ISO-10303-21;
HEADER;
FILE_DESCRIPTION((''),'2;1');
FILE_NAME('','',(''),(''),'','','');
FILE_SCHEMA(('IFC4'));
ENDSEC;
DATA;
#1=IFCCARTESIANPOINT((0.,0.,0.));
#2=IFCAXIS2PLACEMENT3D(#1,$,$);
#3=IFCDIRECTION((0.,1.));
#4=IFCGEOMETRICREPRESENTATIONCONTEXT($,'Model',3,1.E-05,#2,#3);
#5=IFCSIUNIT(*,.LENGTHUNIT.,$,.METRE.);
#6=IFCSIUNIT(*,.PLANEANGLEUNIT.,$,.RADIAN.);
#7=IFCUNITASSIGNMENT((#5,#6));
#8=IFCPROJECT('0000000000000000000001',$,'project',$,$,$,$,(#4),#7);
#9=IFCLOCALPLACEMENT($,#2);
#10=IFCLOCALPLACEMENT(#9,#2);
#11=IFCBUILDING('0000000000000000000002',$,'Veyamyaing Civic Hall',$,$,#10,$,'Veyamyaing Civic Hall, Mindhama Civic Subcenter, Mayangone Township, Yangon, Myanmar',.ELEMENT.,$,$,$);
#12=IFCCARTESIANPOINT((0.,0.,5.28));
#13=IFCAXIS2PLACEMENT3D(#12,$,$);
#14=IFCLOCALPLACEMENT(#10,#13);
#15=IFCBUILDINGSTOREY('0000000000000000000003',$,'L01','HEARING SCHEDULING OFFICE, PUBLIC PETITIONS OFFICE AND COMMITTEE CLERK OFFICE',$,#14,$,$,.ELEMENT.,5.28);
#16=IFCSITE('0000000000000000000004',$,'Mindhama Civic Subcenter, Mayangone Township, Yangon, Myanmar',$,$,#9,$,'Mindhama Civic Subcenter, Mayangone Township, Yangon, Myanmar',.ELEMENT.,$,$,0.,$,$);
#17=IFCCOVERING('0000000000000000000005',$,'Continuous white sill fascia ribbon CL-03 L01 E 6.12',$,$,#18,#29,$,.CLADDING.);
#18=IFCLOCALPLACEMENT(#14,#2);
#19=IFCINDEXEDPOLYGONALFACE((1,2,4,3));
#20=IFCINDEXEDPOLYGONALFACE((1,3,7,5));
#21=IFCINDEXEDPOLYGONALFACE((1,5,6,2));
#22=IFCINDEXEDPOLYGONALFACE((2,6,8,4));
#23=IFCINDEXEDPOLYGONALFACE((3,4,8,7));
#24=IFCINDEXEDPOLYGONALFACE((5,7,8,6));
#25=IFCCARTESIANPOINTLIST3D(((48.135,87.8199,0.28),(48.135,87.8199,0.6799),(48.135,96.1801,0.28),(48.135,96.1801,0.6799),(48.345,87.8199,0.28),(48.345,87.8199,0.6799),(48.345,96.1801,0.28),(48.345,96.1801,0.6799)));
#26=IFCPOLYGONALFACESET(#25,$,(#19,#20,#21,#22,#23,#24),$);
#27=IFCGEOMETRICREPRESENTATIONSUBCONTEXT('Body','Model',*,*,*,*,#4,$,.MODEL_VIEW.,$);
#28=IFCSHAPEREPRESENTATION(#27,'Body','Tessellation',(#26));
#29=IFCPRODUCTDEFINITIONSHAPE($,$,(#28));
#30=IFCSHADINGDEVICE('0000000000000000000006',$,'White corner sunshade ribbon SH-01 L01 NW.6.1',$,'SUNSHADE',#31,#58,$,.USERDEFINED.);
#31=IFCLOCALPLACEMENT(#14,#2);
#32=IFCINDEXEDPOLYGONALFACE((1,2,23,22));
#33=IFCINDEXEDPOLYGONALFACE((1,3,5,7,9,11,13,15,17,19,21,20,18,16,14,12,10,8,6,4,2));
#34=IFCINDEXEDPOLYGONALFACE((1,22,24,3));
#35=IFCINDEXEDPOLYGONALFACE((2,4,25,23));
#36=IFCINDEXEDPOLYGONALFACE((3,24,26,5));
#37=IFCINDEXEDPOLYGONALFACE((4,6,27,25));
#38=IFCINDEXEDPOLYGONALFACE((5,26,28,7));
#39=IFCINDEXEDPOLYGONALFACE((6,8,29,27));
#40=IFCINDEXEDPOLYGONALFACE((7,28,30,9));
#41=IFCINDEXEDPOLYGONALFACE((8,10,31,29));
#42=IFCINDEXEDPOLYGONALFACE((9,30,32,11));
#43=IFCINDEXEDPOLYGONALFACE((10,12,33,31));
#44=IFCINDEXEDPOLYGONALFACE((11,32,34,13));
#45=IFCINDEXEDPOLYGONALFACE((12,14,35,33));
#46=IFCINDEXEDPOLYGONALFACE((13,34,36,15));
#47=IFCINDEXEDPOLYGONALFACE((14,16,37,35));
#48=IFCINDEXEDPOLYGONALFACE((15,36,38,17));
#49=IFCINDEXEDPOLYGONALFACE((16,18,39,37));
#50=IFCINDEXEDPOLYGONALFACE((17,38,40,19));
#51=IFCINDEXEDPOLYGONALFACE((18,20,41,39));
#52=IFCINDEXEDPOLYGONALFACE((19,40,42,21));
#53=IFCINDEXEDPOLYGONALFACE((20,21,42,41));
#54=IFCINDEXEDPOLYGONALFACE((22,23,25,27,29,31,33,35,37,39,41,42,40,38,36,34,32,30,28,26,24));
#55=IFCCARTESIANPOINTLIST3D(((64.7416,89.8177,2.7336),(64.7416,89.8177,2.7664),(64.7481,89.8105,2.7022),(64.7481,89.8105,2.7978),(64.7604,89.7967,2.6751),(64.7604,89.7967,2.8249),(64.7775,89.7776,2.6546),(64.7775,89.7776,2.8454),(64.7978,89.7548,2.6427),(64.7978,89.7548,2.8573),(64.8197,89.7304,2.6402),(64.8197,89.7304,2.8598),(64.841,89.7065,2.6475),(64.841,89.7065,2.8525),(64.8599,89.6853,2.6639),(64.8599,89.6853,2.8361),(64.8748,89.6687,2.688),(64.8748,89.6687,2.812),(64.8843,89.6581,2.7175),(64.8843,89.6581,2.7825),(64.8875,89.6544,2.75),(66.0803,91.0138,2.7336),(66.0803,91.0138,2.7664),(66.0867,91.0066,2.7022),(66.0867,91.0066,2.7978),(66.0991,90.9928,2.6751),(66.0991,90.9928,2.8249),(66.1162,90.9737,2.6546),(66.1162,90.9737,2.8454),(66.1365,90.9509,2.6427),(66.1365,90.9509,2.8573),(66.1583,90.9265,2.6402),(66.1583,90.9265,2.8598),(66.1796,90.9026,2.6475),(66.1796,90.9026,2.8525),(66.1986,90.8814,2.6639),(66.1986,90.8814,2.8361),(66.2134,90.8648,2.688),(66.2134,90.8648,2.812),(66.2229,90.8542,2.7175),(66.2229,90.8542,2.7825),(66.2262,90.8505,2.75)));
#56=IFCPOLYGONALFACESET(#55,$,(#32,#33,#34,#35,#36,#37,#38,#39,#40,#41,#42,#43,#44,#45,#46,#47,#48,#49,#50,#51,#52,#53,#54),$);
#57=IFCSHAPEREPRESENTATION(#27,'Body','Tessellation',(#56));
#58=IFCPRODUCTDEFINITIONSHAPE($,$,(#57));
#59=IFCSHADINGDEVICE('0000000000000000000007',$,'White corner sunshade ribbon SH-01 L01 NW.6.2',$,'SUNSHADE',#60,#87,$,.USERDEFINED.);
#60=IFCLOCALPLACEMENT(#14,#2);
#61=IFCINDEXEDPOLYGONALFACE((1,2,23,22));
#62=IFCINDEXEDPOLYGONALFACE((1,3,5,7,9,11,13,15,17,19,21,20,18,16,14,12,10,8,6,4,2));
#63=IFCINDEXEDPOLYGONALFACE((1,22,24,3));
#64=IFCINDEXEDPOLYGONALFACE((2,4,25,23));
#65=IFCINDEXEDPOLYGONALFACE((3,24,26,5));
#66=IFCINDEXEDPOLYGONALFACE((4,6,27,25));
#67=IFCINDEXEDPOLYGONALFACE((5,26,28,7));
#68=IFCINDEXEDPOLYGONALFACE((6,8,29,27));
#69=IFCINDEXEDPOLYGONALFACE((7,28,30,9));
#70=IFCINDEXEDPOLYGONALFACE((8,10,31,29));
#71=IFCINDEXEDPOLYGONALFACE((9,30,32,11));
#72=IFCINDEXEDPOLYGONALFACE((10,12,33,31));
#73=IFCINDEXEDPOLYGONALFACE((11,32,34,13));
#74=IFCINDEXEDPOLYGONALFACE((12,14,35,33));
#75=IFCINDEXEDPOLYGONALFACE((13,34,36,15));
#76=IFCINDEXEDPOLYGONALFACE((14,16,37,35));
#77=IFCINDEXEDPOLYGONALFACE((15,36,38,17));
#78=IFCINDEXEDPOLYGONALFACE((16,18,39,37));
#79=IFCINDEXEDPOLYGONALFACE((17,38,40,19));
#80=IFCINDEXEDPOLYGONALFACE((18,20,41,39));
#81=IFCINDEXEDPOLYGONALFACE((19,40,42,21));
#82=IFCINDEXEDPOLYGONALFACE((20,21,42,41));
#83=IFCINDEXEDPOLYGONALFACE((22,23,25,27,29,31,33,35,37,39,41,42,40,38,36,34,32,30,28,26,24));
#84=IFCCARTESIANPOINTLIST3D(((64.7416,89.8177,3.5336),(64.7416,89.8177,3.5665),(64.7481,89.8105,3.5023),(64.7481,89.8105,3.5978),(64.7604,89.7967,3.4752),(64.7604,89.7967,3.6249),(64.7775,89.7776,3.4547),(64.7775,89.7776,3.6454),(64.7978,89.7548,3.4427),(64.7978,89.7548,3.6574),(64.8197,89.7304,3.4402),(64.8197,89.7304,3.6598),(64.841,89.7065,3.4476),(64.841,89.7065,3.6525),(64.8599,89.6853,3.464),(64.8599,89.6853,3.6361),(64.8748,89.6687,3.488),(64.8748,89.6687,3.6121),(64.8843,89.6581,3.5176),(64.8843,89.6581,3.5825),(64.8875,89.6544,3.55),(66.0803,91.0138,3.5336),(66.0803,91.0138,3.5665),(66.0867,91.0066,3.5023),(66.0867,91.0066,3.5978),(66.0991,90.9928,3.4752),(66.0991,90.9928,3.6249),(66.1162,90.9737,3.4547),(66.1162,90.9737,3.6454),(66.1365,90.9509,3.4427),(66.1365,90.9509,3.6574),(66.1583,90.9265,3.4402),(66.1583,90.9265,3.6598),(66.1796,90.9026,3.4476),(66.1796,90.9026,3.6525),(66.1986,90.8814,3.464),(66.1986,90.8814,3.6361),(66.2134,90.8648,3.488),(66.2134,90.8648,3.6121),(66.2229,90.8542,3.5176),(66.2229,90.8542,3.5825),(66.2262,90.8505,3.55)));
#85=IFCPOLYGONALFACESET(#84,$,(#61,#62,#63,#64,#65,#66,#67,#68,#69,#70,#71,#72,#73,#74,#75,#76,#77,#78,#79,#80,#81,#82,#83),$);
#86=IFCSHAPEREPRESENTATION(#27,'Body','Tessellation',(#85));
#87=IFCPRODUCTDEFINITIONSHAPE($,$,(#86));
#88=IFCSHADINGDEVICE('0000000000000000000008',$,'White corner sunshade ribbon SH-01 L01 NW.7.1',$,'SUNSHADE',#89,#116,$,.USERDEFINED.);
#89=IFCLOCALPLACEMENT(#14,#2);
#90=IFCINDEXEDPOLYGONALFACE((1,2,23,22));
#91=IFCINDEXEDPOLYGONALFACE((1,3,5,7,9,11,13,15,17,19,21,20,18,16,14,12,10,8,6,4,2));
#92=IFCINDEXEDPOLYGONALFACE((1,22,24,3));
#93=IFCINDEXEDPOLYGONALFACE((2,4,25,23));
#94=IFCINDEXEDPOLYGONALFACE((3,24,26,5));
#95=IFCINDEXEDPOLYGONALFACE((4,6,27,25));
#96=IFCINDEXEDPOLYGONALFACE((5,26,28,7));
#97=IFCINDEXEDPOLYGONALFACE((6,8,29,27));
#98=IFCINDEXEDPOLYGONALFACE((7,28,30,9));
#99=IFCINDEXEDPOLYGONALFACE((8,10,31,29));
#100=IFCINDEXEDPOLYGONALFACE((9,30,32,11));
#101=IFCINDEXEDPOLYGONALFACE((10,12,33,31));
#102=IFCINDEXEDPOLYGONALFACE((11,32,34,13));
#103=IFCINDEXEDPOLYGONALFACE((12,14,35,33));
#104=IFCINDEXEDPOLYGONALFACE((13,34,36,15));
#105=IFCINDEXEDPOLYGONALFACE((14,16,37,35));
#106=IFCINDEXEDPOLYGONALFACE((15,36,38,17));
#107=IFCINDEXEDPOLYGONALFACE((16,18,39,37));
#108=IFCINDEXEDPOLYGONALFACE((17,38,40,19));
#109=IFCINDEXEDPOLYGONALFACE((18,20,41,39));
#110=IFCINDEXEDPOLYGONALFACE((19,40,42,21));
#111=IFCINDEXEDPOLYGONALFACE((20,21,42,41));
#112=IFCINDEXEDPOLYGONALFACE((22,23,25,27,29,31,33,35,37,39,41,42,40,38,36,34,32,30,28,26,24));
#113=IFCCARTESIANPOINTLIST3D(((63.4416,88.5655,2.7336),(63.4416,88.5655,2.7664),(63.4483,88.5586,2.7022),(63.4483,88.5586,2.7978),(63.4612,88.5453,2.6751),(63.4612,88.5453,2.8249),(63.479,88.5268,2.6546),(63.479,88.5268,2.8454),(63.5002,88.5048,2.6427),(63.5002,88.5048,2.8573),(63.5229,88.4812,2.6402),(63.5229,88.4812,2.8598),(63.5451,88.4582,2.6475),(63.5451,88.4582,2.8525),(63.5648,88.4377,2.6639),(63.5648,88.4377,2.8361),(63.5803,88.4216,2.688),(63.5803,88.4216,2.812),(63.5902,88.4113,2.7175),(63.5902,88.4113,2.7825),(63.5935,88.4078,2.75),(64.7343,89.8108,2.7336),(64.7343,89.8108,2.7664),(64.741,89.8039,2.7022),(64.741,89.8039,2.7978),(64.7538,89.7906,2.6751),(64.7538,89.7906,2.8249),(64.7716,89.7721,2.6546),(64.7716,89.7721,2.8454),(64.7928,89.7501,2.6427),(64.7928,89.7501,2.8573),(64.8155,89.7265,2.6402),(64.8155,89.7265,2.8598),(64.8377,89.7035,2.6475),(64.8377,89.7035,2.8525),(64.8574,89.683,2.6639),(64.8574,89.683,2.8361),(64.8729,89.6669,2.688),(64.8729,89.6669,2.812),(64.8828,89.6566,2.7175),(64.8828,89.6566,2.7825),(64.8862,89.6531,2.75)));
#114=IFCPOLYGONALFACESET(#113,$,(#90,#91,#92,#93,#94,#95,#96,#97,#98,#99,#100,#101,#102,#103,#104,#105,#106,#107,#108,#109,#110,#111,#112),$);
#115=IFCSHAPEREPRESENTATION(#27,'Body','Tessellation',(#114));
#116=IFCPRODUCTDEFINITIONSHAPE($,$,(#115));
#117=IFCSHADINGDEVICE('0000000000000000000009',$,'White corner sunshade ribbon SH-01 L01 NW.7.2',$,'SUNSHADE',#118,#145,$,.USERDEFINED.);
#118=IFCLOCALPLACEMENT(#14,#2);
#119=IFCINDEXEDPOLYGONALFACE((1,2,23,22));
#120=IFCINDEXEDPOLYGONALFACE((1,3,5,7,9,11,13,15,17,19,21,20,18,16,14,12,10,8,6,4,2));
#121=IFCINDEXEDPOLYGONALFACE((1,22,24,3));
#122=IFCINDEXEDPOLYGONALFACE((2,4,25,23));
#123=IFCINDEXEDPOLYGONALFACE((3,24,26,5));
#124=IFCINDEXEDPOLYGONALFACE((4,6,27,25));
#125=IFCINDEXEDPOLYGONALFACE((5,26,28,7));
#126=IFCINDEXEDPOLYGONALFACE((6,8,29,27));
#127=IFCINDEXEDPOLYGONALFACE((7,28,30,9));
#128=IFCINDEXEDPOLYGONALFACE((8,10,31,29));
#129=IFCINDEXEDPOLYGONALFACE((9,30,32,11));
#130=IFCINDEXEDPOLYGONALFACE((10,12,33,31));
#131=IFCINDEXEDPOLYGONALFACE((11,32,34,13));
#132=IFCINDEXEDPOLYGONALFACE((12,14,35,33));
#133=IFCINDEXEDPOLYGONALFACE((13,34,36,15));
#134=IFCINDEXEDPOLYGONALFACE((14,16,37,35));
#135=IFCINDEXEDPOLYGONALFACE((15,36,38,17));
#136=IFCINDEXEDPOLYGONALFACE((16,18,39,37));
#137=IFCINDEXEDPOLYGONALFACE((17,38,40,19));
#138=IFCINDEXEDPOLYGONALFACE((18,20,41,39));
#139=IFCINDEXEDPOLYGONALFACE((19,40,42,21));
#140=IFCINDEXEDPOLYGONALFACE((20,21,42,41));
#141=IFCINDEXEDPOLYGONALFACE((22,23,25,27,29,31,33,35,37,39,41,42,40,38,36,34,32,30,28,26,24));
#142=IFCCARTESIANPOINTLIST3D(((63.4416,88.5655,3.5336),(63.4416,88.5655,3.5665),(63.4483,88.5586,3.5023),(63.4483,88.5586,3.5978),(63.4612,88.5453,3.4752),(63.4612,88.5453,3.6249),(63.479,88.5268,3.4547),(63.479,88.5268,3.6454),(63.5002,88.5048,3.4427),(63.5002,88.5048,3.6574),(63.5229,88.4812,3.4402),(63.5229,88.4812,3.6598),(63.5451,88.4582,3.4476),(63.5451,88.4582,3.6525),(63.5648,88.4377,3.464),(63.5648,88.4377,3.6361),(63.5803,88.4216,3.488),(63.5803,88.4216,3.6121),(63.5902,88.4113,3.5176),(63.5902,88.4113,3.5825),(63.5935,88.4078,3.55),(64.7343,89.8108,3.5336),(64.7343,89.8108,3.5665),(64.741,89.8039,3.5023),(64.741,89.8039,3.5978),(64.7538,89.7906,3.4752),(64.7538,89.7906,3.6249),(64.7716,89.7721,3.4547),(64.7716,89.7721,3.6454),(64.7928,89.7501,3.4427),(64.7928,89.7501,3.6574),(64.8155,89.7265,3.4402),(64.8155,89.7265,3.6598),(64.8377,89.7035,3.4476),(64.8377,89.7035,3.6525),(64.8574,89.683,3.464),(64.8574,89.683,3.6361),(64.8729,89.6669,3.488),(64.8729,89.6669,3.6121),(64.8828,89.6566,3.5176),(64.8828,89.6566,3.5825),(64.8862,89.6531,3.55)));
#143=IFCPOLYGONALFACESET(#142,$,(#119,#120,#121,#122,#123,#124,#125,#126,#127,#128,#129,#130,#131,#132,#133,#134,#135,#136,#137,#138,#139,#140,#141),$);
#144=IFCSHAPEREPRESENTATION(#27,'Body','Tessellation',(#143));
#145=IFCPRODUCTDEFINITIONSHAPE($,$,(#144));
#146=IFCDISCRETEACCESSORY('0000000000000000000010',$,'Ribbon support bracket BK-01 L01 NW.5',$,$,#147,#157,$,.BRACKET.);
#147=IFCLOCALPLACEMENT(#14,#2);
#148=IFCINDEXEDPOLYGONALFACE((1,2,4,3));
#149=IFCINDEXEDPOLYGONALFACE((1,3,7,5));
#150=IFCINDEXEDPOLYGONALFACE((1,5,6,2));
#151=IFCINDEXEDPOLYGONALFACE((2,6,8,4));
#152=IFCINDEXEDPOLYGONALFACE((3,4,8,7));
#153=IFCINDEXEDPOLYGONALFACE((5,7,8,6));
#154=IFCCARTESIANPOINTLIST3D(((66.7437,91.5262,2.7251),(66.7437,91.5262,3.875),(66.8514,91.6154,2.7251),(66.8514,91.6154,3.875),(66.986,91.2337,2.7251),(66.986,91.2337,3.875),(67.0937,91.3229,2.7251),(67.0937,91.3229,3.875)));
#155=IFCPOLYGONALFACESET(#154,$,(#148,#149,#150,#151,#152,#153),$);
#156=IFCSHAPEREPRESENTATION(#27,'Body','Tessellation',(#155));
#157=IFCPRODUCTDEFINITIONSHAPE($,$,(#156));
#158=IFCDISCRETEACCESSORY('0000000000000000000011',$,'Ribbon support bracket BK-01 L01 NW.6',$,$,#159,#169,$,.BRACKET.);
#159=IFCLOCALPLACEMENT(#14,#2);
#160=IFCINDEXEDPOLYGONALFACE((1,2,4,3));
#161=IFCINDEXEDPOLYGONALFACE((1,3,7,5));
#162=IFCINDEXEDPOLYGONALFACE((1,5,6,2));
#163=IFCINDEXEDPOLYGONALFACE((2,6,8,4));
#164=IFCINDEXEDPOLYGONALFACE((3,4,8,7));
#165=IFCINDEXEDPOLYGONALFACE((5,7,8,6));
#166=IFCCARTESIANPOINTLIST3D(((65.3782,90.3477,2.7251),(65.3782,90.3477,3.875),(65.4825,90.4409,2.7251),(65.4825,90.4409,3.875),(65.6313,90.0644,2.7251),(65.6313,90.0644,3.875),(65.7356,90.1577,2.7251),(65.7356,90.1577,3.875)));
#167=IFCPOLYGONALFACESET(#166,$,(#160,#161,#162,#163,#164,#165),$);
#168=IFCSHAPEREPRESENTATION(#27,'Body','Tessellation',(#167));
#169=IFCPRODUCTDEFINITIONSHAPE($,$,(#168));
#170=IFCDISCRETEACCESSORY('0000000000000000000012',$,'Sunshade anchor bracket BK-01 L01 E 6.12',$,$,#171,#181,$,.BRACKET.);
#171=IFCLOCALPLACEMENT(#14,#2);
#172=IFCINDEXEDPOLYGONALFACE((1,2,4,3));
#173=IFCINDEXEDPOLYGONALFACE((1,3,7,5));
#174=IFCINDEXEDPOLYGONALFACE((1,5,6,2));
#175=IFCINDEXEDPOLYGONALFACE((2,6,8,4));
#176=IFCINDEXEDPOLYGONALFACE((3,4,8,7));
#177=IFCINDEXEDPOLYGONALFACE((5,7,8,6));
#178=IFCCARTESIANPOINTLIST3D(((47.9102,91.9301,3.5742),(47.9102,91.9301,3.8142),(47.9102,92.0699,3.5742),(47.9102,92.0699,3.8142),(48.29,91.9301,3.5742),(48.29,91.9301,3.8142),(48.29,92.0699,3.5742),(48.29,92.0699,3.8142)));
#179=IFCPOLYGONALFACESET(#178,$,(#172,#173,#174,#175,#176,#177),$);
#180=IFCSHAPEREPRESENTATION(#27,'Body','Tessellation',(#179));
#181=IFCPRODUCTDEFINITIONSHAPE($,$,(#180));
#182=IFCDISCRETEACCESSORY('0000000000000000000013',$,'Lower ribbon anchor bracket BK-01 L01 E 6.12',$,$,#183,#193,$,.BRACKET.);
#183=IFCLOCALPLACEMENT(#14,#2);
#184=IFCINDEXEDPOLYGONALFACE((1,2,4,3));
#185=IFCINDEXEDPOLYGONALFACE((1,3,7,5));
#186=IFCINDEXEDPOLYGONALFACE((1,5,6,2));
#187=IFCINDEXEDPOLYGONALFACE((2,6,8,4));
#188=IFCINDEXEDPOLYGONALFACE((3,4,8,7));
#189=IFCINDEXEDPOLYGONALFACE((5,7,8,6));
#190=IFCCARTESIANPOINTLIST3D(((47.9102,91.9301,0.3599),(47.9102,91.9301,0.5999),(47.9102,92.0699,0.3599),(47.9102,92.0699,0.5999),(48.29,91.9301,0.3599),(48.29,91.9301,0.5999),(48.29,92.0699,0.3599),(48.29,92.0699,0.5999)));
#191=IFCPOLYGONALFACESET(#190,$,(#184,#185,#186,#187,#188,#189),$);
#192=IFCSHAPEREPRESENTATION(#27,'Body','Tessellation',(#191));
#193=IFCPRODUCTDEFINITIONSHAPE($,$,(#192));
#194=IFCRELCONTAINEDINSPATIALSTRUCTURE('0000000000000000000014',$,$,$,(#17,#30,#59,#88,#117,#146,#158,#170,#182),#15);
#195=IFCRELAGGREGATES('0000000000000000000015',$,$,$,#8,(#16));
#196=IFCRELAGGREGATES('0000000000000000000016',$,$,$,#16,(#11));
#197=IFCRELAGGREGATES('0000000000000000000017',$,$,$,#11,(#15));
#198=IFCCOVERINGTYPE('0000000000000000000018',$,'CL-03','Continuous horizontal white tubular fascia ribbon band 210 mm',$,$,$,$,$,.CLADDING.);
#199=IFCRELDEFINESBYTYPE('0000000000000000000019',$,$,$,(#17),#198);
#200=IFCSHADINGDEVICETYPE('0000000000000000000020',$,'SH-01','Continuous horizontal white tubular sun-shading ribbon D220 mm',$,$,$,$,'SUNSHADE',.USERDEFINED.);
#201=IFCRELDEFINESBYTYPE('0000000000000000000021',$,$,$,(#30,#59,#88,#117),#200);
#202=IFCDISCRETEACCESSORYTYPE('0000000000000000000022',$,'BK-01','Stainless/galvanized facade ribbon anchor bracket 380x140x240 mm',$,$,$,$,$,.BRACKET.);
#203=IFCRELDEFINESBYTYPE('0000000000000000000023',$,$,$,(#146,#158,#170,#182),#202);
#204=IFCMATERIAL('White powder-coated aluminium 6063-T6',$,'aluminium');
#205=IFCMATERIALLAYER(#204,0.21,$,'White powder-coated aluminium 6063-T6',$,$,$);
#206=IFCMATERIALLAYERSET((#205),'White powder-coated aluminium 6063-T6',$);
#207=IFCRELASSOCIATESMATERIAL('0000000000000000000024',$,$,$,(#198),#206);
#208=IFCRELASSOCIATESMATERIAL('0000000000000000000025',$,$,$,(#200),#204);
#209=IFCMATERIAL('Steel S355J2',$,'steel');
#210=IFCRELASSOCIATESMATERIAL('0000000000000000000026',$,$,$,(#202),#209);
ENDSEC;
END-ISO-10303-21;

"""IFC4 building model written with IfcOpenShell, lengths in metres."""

from ifc_helpers import new_model, si_unit, direction, frame, origin, origin_2d, place, context, subcontext, project, spatial, rectangle, circle, extrude, material, layer, layer_set, material_profile, profile_set, type_object, element, save


model = new_model("IFC4")

# Units and contexts
model_context = context("Model", 3, precision=1e-05, world=origin(), true_north=direction((0.0, 1.0)))
body_context = subcontext(model_context, "Body", "Model", "MODEL_VIEW")
ifc_project = project(units=[si_unit("LENGTHUNIT", "METRE"), si_unit("PLANEANGLEUNIT", "RADIAN")], contexts=[model_context])

# Site, building, storey
site_placement = place(None, origin())
site = spatial("IfcSite", under=ifc_project, at=site_placement, Name="Mindhama Civic Subcenter, Mayangone Township, Yangon, Myanmar", LongName="Mindhama Civic Subcenter, Mayangone Township, Yangon, Myanmar", CompositionType="ELEMENT", RefElevation=0.0)
building_placement = place(site_placement, origin())
building = spatial("IfcBuilding", under=site, at=building_placement, Name="Veyamyaing Civic Hall", LongName="Veyamyaing Civic Hall, Mindhama Civic Subcenter, Mayangone Township, Yangon, Myanmar", CompositionType="ELEMENT")
storey_placement = place(building_placement, frame((0.0, 0.0, 5.28)))
storey = spatial("IfcBuildingStorey", under=building, at=storey_placement, Name="L01", Description="HEARING SCHEDULING OFFICE, PUBLIC PETITIONS OFFICE AND COMMITTEE CLERK OFFICE", CompositionType="ELEMENT", Elevation=5.28)

# Covering
ifc_material_1 = material(Name="White powder-coated aluminium 6063-T6", Category="aluminium")
ifc_layer_1 = layer(ifc_material_1, 0.21, Name="White powder-coated aluminium 6063-T6")
ifc_layer_set_1 = layer_set([ifc_layer_1], Name="White powder-coated aluminium 6063-T6")
covering_type = type_object("IfcCoveringType", Name="CL-03", Description="Continuous horizontal white tubular fascia ribbon band 210 mm", PredefinedType="CLADDING", material=ifc_layer_set_1)
for number, where, z_axis, x_axis, name in (
    (1, (48.24, 92.0, 0.28), (0.0, 0.0, 1.0), (0.0, 1.0, 0.0), "Continuous white sill fascia ribbon CL-03 L01 E 6.12"),
):
    element("IfcCovering", number, at=place(storey_placement, frame(where, z_axis=z_axis, x_axis=x_axis)), inside=storey, type_object=covering_type, Name=name, PredefinedType="CLADDING", context=body_context, shape_type="SweptSolid", body=[
        extrude(rectangle(XDim=8.3601, YDim=0.21, at=origin_2d()), origin(), (0.0, 0.0, 1.0), 0.3999),
    ])

# Shading devices
ifc_material_profile_1 = material_profile(ifc_material_1, circle(Radius=0.1101, at=origin_2d()), Name="SHADE-TUBE-220")
ifc_profile_set_1 = profile_set([ifc_material_profile_1], Name="White powder-coated aluminium 6063-T6")
shading_device_type = type_object("IfcShadingDeviceType", Name="SH-01", Description="Continuous horizontal white tubular sun-shading ribbon D220 mm", ElementType="SUNSHADE", PredefinedType="USERDEFINED", material=ifc_profile_set_1)
for number, where, z_axis, x_axis, name in (
    (2, (66.1528, 90.9326, 2.75), (-0.745704, -0.666278, 0.0), (0.666278, -0.745704, 0.0), "White corner sunshade ribbon SH-01 L01 NW.6.1"),
    (3, (66.1528, 90.9326, 3.55), (-0.745704, -0.666278, 0.0), (0.666278, -0.745704, 0.0), "White corner sunshade ribbon SH-01 L01 NW.6.2"),
):
    element("IfcShadingDevice", number, at=place(storey_placement, frame(where, z_axis=z_axis, x_axis=x_axis)), inside=storey, type_object=shading_device_type, Name=name, ObjectType="SUNSHADE", PredefinedType="USERDEFINED", context=body_context, shape_type="SweptSolid", body=[
        extrude(circle(Radius=0.1101, at=origin_2d()), origin(), (0.0, 0.0, 1.0), 1.7952),
    ])
for number, where, z_axis, x_axis, name in (
    (4, (64.8098, 89.7324, 2.75), (-0.720177, -0.693791, 0.0), (0.693791, -0.720177, 0.0), "White corner sunshade ribbon SH-01 L01 NW.7.1"),
    (5, (64.8098, 89.7324, 3.55), (-0.720177, -0.693791, 0.0), (0.693791, -0.720177, 0.0), "White corner sunshade ribbon SH-01 L01 NW.7.2"),
):
    element("IfcShadingDevice", number, at=place(storey_placement, frame(where, z_axis=z_axis, x_axis=x_axis)), inside=storey, type_object=shading_device_type, Name=name, ObjectType="SUNSHADE", PredefinedType="USERDEFINED", context=body_context, shape_type="SweptSolid", body=[
        extrude(circle(Radius=0.1101, at=origin_2d()), origin(), (0.0, 0.0, 1.0), 1.7949),
    ])

# Discrete accessories
ifc_material_2 = material(Name="Steel S355J2", Category="steel")
discrete_accessory_type = type_object("IfcDiscreteAccessoryType", Name="BK-01", Description="Stainless/galvanized facade ribbon anchor bracket 380x140x240 mm", PredefinedType="BRACKET", material=ifc_material_2)
for number, where, z_axis, x_axis, name in (
    (6, (66.9187, 91.4246, 2.7251), (0.0, 0.0, 1.0), (-0.638, 0.770036, 0.0), "Ribbon support bracket BK-01 L01 NW.5"),
    (7, (65.5569, 90.2527, 2.7251), (0.0, 0.0, 1.0), (-0.666347, 0.745642, 0.0), "Ribbon support bracket BK-01 L01 NW.6"),
):
    element("IfcDiscreteAccessory", number, at=place(storey_placement, frame(where, z_axis=z_axis, x_axis=x_axis)), inside=storey, type_object=discrete_accessory_type, Name=name, PredefinedType="BRACKET", context=body_context, shape_type="SweptSolid", body=[
        extrude(rectangle(XDim=0.3799, YDim=0.1399, at=origin_2d()), origin(), (0.0, 0.0, 1.0), 1.1499),
    ])
for number, where, z_axis, x_axis, name in (
    (8, (48.1001, 92.0, 3.5742), (0.0, 0.0, 1.0), (1.0, 0.0, 0.0), "Sunshade anchor bracket BK-01 L01 E 6.12"),
    (9, (48.1001, 92.0, 0.3599), (0.0, 0.0, 1.0), (1.0, 0.0, 0.0), "Lower ribbon anchor bracket BK-01 L01 E 6.12"),
):
    element("IfcDiscreteAccessory", number, at=place(storey_placement, frame(where, z_axis=z_axis, x_axis=x_axis)), inside=storey, type_object=discrete_accessory_type, Name=name, PredefinedType="BRACKET", context=body_context, shape_type="SweptSolid", body=[
        extrude(rectangle(XDim=0.3799, YDim=0.1399, at=origin_2d()), origin(), (0.0, 0.0, 1.0), 0.24),
    ])

save(model, "model.ifc")
